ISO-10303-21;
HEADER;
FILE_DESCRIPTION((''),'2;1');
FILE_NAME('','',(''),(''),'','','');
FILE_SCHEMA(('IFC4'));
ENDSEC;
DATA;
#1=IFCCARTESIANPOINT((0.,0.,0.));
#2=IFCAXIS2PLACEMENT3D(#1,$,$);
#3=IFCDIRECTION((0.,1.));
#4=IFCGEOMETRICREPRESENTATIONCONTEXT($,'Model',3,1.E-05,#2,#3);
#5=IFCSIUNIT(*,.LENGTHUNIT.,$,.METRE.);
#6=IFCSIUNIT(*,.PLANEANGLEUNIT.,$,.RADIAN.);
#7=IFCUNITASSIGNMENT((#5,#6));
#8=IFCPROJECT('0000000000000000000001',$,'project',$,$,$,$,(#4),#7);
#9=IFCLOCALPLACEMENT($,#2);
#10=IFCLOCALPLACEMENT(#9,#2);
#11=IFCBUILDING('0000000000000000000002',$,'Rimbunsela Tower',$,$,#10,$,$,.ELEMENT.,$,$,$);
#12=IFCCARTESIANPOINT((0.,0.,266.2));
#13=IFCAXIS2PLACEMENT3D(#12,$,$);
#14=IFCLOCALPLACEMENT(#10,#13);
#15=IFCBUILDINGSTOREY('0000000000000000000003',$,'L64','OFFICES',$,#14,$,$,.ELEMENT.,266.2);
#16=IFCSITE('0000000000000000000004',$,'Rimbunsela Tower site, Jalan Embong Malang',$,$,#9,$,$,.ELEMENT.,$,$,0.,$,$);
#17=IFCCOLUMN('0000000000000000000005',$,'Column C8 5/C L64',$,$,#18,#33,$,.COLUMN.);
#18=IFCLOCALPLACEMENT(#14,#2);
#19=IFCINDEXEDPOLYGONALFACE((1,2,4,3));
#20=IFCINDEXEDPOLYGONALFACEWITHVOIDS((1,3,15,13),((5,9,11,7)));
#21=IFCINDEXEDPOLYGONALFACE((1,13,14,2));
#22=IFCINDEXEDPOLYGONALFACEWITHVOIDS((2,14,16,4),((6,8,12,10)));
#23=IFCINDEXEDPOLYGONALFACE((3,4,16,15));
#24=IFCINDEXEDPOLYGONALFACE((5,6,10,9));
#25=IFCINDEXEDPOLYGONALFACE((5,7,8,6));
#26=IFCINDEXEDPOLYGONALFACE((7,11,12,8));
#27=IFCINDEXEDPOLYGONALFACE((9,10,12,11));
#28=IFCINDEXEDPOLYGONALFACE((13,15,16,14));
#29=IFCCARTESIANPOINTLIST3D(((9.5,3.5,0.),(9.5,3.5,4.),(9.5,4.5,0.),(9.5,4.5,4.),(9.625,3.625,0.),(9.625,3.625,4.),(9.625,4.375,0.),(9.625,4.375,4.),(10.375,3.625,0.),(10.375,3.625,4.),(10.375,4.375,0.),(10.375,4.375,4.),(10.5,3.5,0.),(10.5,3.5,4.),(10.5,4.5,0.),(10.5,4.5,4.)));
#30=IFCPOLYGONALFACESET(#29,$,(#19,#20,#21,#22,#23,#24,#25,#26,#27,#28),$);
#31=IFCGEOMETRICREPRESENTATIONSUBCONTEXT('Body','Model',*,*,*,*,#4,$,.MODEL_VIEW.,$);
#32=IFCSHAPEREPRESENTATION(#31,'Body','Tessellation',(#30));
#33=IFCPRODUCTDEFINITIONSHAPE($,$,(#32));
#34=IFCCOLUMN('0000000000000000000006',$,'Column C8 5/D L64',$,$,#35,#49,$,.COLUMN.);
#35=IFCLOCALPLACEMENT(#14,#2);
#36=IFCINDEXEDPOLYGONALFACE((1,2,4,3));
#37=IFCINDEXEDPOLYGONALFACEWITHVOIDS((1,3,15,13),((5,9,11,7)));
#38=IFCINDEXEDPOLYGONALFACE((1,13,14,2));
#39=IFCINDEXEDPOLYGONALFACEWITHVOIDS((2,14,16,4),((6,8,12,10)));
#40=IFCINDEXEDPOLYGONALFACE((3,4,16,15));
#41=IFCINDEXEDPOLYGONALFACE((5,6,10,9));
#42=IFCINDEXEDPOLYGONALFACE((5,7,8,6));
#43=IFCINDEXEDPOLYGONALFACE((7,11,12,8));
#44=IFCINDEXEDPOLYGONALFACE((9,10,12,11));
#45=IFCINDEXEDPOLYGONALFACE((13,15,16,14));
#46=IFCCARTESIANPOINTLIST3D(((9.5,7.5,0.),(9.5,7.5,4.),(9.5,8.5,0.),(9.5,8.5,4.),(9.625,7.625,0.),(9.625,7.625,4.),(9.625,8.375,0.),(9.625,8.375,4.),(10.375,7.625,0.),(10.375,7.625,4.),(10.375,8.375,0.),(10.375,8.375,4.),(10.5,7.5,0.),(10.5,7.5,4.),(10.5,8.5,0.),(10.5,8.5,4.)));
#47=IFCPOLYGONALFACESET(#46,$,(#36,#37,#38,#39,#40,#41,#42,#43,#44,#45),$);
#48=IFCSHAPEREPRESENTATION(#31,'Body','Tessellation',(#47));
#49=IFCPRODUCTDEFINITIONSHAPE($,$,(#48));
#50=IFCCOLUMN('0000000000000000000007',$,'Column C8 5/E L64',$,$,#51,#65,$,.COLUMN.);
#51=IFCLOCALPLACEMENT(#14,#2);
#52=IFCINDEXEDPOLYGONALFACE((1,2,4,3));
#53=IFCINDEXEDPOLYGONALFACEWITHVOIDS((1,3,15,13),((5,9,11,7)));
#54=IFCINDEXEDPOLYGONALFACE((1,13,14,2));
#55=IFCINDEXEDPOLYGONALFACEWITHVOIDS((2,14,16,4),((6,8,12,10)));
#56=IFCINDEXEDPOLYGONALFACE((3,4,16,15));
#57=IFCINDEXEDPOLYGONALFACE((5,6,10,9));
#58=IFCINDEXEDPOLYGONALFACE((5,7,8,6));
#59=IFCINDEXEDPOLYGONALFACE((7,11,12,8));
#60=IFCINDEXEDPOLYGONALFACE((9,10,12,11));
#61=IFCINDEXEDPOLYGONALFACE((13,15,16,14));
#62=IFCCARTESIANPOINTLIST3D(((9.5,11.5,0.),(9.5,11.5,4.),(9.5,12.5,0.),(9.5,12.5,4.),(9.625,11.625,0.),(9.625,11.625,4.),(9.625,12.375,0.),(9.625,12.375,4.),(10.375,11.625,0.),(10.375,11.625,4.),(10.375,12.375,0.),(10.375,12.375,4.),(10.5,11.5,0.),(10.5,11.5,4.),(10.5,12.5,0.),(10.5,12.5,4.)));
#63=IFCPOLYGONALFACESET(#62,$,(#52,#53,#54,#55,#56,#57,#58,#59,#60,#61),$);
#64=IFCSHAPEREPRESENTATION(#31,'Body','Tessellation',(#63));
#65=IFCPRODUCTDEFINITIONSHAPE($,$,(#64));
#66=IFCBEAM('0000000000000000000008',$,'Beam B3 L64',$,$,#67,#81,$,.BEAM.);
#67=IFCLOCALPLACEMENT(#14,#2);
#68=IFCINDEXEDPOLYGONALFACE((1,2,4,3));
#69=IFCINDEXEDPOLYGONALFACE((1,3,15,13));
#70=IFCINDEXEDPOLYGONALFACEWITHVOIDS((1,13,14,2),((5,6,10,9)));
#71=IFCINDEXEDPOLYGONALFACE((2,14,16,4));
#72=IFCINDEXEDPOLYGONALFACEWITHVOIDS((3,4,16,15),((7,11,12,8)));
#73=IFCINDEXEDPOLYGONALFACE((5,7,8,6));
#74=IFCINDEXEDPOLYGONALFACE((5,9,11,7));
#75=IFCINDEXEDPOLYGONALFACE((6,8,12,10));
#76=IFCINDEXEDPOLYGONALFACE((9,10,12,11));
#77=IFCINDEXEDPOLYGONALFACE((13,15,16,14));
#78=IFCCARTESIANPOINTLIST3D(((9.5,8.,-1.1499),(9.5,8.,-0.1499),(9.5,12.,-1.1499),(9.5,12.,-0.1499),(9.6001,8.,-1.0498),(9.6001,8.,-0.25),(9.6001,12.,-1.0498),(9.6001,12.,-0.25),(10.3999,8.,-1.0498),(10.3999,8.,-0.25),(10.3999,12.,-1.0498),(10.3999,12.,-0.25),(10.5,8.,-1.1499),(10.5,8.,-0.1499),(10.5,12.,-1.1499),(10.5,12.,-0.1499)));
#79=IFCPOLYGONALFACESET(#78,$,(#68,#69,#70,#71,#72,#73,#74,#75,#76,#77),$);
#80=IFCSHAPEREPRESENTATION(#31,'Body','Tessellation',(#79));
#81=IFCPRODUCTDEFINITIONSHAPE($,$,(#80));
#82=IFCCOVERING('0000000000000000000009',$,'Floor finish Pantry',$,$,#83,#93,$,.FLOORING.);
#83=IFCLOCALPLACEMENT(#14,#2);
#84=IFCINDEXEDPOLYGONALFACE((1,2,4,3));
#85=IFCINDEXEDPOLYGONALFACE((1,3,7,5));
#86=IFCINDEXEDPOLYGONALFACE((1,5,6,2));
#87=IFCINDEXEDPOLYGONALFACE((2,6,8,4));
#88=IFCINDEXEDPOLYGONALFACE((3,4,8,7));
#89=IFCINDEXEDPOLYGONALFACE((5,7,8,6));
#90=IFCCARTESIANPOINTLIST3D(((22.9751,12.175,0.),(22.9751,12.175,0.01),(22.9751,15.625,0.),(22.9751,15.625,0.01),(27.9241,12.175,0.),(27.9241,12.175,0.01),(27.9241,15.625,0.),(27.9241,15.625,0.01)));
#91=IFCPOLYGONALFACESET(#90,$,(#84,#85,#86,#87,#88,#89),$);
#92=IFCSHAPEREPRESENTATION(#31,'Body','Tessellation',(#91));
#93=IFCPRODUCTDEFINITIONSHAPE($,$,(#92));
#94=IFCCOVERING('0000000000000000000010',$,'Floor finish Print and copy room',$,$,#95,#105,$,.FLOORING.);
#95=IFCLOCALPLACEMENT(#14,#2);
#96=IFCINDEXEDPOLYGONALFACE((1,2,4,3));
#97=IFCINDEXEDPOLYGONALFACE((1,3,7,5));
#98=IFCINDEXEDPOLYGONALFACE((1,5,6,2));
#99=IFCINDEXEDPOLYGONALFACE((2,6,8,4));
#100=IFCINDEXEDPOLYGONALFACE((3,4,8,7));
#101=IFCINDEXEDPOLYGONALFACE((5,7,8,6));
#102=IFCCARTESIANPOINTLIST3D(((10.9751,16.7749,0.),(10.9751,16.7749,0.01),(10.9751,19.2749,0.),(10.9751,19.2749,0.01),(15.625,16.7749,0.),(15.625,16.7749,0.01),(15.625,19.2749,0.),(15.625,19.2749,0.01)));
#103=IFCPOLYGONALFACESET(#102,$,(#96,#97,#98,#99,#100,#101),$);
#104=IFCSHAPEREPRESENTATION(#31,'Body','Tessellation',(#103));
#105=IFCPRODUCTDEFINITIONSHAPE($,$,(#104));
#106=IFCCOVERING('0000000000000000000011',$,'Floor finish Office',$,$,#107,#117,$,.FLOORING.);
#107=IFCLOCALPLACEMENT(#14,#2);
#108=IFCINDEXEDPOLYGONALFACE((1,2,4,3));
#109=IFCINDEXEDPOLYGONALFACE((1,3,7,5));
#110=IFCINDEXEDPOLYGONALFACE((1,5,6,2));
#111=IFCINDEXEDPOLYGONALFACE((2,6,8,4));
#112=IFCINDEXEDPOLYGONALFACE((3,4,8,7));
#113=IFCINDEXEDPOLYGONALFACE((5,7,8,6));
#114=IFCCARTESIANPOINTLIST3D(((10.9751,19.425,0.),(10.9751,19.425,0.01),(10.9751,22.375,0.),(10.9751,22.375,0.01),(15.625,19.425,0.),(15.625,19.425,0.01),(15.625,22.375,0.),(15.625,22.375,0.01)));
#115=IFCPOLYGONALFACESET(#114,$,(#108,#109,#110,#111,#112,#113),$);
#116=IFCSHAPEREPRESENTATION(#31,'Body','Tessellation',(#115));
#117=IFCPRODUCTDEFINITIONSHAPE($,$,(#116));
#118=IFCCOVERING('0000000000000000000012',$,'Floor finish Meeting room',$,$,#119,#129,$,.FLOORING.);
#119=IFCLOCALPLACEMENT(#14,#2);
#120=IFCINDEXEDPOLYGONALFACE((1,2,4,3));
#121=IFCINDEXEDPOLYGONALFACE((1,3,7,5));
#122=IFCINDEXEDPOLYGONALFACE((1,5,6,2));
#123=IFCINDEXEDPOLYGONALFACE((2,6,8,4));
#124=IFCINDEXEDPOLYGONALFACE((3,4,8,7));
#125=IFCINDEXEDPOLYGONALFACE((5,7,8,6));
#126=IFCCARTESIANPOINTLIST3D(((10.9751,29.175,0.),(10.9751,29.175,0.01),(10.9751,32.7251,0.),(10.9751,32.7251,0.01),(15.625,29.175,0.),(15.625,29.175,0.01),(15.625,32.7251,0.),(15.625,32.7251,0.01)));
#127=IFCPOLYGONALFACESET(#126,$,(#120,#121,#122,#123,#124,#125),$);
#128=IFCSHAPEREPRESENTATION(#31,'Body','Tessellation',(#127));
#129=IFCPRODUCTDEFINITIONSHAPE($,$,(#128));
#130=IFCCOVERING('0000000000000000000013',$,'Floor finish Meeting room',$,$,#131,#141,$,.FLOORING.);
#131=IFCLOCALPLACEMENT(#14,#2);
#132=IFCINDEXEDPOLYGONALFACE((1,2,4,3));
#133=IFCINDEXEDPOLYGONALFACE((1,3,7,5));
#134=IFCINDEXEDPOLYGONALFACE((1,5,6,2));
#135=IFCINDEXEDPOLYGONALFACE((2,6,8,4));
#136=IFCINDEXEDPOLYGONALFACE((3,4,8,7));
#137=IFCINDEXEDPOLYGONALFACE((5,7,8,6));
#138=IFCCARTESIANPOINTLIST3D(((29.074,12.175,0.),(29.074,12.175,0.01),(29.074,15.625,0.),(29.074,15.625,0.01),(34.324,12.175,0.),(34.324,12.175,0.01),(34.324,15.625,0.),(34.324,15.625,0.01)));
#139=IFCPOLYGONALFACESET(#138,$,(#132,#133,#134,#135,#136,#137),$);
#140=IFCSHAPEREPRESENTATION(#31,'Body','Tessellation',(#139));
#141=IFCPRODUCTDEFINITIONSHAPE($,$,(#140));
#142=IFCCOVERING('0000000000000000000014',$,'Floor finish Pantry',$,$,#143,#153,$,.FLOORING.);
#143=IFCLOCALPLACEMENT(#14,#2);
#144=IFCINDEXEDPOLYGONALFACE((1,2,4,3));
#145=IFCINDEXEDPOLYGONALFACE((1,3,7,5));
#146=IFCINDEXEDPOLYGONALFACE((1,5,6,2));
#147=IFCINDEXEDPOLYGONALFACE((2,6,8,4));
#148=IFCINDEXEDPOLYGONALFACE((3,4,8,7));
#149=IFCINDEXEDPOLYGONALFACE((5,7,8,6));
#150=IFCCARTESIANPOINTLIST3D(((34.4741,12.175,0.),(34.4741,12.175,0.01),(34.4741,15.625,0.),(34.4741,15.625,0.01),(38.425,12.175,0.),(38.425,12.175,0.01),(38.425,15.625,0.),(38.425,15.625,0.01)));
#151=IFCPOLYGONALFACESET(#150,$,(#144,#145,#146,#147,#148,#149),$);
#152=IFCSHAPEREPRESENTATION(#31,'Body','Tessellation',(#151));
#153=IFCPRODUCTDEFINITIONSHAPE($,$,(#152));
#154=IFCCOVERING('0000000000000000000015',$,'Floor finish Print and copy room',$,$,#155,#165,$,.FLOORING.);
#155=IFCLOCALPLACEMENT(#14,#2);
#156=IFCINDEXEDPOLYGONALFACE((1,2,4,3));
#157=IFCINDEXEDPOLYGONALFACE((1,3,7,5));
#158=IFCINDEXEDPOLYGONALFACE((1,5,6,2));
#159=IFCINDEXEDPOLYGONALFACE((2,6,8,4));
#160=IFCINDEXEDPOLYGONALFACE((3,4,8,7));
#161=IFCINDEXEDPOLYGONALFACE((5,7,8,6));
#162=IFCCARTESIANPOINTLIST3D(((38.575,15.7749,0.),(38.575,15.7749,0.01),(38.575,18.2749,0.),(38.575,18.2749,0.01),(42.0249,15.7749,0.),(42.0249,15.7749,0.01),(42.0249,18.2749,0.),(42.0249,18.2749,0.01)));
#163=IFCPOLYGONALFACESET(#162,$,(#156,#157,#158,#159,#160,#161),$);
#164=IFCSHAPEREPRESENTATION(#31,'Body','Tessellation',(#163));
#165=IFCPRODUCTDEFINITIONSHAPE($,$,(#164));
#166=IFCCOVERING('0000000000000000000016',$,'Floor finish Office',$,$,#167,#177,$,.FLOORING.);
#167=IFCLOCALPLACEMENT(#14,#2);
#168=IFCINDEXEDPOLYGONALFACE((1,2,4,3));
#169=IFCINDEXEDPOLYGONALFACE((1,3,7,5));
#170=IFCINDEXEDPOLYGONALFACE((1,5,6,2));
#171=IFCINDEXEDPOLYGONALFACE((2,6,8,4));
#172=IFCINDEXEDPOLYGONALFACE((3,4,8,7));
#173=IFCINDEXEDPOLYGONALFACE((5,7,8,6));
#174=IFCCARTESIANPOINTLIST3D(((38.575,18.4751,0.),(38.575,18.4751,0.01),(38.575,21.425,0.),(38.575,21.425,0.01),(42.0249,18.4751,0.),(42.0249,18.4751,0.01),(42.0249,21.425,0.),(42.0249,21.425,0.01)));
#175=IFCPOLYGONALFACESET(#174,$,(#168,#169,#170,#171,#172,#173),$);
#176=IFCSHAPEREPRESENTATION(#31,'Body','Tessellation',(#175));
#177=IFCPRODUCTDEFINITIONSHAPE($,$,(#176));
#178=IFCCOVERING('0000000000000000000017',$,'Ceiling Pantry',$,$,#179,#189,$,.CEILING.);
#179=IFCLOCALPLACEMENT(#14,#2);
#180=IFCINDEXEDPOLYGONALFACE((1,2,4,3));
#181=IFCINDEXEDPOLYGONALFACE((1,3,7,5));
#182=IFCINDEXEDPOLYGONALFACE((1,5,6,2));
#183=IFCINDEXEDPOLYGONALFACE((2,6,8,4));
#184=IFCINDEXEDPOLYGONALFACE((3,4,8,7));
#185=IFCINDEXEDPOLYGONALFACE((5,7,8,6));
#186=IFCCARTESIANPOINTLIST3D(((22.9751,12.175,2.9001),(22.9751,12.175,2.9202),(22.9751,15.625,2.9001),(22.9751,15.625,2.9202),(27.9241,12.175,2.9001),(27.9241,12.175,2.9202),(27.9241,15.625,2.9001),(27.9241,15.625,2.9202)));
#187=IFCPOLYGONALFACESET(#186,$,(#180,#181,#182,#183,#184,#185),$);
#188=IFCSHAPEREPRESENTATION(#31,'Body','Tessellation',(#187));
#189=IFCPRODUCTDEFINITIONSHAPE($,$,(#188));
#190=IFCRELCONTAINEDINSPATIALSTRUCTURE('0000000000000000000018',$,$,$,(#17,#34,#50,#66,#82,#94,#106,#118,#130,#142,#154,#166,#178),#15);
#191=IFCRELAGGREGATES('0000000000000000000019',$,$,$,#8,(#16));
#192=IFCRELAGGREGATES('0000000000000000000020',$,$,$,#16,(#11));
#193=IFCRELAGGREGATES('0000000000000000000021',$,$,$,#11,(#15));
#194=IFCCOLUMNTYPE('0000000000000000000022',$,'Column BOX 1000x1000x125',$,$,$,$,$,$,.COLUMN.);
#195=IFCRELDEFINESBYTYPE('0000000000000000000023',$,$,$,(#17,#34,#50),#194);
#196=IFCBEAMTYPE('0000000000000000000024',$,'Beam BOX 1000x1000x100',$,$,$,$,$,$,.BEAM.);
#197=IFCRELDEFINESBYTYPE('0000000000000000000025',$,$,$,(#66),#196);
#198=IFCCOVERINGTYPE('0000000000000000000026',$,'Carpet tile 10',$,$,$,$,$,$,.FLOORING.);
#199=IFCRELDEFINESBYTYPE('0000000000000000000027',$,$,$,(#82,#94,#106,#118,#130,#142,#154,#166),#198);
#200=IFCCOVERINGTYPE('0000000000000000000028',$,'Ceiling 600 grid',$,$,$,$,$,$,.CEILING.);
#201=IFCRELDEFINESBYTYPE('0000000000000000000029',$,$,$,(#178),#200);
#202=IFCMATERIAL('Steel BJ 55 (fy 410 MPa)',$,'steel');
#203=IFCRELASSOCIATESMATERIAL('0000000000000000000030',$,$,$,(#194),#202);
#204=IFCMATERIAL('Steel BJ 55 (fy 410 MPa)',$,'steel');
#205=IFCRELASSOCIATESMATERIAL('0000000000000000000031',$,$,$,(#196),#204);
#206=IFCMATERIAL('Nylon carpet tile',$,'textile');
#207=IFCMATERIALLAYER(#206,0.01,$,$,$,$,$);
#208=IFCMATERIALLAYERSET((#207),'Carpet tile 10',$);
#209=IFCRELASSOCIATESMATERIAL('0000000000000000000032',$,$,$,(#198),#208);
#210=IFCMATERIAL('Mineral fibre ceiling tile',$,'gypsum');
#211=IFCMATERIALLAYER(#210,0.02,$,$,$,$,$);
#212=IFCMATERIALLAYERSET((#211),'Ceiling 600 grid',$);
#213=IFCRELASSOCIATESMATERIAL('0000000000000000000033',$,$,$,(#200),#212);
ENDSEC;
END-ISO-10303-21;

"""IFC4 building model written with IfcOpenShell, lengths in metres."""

from ifc_helpers import new_model, si_unit, direction, frame, origin, origin_2d, place, context, subcontext, project, spatial, polyline, hollow_rectangle, outline, extrude, material, layer, layer_set, material_profile, profile_set, type_object, element, save


model = new_model("IFC4")

# Units and contexts
model_context = context("Model", 3, precision=1e-05, world=origin(), true_north=direction((0.0, 1.0)))
body_context = subcontext(model_context, "Body", "Model", "MODEL_VIEW")
ifc_project = project(units=[si_unit("LENGTHUNIT", "METRE"), si_unit("PLANEANGLEUNIT", "RADIAN")], contexts=[model_context])

# Site, building, storey
site_placement = place(None, origin())
site = spatial("IfcSite", under=ifc_project, at=site_placement, Name="Rimbunsela Tower site, Jalan Embong Malang", CompositionType="ELEMENT", RefElevation=0.0)
building_placement = place(site_placement, origin())
building = spatial("IfcBuilding", under=site, at=building_placement, Name="Rimbunsela Tower", CompositionType="ELEMENT")
storey_placement = place(building_placement, frame((0.0, 0.0, 266.2)))
storey = spatial("IfcBuildingStorey", under=building, at=storey_placement, Name="L64", Description="OFFICES", CompositionType="ELEMENT", Elevation=266.2)

# Columns
ifc_material_1 = material(Name="Steel BJ 55 (fy 410 MPa)", Category="steel")
ifc_material_profile_1 = material_profile(ifc_material_1, hollow_rectangle(XDim=1.0, YDim=1.0, WallThickness=0.125, at=origin_2d()), Name="BOX 1000x1000x125")
ifc_profile_set_1 = profile_set([ifc_material_profile_1], Name="Steel BJ 55 (fy 410 MPa)")
column_type = type_object("IfcColumnType", Name="Column BOX 1000x1000x125", PredefinedType="COLUMN", material=ifc_profile_set_1)
for number, where, z_axis, x_axis, name in (
    (1, (10.0, 4.0, 0.0), (0.0, 0.0, 1.0), (1.0, 0.0, 0.0), "Column C8 5/C L64"),
    (2, (10.0, 8.0, 0.0), (0.0, 0.0, 1.0), (1.0, 0.0, 0.0), "Column C8 5/D L64"),
    (3, (10.0, 12.0, 0.0), (0.0, 0.0, 1.0), (1.0, 0.0, 0.0), "Column C8 5/E L64"),
):
    element("IfcColumn", number, at=place(storey_placement, frame(where, z_axis=z_axis, x_axis=x_axis)), inside=storey, type_object=column_type, Name=name, PredefinedType="COLUMN", context=body_context, shape_type="SweptSolid", body=[
        extrude(hollow_rectangle(XDim=1.0, YDim=1.0, WallThickness=0.125, at=origin_2d()), origin(), (0.0, 0.0, 1.0), 4.0),
    ])

# Beam
ifc_material_2 = material(Name="Steel BJ 55 (fy 410 MPa)", Category="steel")
ifc_material_profile_2 = material_profile(ifc_material_2, hollow_rectangle(XDim=1.0, YDim=1.0, WallThickness=0.1001, at=origin_2d()), Name="BOX 1000x1000x100")
ifc_profile_set_2 = profile_set([ifc_material_profile_2], Name="Steel BJ 55 (fy 410 MPa)")
beam_type = type_object("IfcBeamType", Name="Beam BOX 1000x1000x100", PredefinedType="BEAM", material=ifc_profile_set_2)
beam_placement = place(storey_placement, frame((10.0, 8.0, -0.6499), z_axis=(0.0, 1.0, 0.0), x_axis=(-1.0, 0.0, 0.0)))
element("IfcBeam", 4, at=beam_placement, inside=storey, type_object=beam_type, Name="Beam B3 L64", PredefinedType="BEAM", context=body_context, shape_type="SweptSolid", body=[
    extrude(hollow_rectangle(XDim=1.0, YDim=1.0, WallThickness=0.1001, at=origin_2d()), origin(), (0.0, 0.0, 1.0), 4.0),
])

# Coverings
ifc_material_3 = material(Name="Nylon carpet tile", Category="textile")
ifc_layer_1 = layer(ifc_material_3, 0.01)
ifc_layer_set_1 = layer_set([ifc_layer_1], Name="Carpet tile 10")
covering_type_1 = type_object("IfcCoveringType", Name="Carpet tile 10", PredefinedType="FLOORING", material=ifc_layer_set_1)
covering_1_placement = place(storey_placement, origin())
element("IfcCovering", 5, at=covering_1_placement, inside=storey, type_object=covering_type_1, Name="Floor finish Pantry", PredefinedType="FLOORING", context=body_context, shape_type="SweptSolid", body=[
    extrude(outline(polyline([(27.9241, 12.175), (27.9241, 15.625), (22.9751, 15.625), (22.9751, 12.175), (27.9241, 12.175)])), origin(), (0.0, 0.0, 1.0), 0.01),
])
covering_2_placement = place(storey_placement, origin())
element("IfcCovering", 6, at=covering_2_placement, inside=storey, type_object=covering_type_1, Name="Floor finish Print and copy room", PredefinedType="FLOORING", context=body_context, shape_type="SweptSolid", body=[
    extrude(outline(polyline([(15.625, 16.7749), (15.625, 19.2749), (10.9751, 19.2749), (10.9751, 16.7749), (15.625, 16.7749)])), origin(), (0.0, 0.0, 1.0), 0.01),
])
covering_3_placement = place(storey_placement, origin())
element("IfcCovering", 7, at=covering_3_placement, inside=storey, type_object=covering_type_1, Name="Floor finish Office", PredefinedType="FLOORING", context=body_context, shape_type="SweptSolid", body=[
    extrude(outline(polyline([(15.625, 19.425), (15.625, 22.375), (10.9751, 22.375), (10.9751, 19.425), (15.625, 19.425)])), origin(), (0.0, 0.0, 1.0), 0.01),
])
covering_4_placement = place(storey_placement, origin())
element("IfcCovering", 8, at=covering_4_placement, inside=storey, type_object=covering_type_1, Name="Floor finish Meeting room", PredefinedType="FLOORING", context=body_context, shape_type="SweptSolid", body=[
    extrude(outline(polyline([(15.625, 29.175), (15.625, 32.7251), (10.9751, 32.7251), (10.9751, 29.175), (15.625, 29.175)])), origin(), (0.0, 0.0, 1.0), 0.01),
])
covering_5_placement = place(storey_placement, origin())
element("IfcCovering", 9, at=covering_5_placement, inside=storey, type_object=covering_type_1, Name="Floor finish Meeting room", PredefinedType="FLOORING", context=body_context, shape_type="SweptSolid", body=[
    extrude(outline(polyline([(34.324, 12.175), (34.324, 15.625), (29.074, 15.625), (29.074, 12.175), (34.324, 12.175)])), origin(), (0.0, 0.0, 1.0), 0.01),
])
covering_6_placement = place(storey_placement, origin())
element("IfcCovering", 10, at=covering_6_placement, inside=storey, type_object=covering_type_1, Name="Floor finish Pantry", PredefinedType="FLOORING", context=body_context, shape_type="SweptSolid", body=[
    extrude(outline(polyline([(38.425, 12.175), (38.425, 15.625), (34.4741, 15.625), (34.4741, 12.175), (38.425, 12.175)])), origin(), (0.0, 0.0, 1.0), 0.01),
])
covering_7_placement = place(storey_placement, origin())
element("IfcCovering", 11, at=covering_7_placement, inside=storey, type_object=covering_type_1, Name="Floor finish Print and copy room", PredefinedType="FLOORING", context=body_context, shape_type="SweptSolid", body=[
    extrude(outline(polyline([(42.0249, 15.7749), (42.0249, 18.2749), (38.575, 18.2749), (38.575, 15.7749), (42.0249, 15.7749)])), origin(), (0.0, 0.0, 1.0), 0.01),
])
covering_8_placement = place(storey_placement, origin())
element("IfcCovering", 12, at=covering_8_placement, inside=storey, type_object=covering_type_1, Name="Floor finish Office", PredefinedType="FLOORING", context=body_context, shape_type="SweptSolid", body=[
    extrude(outline(polyline([(42.0249, 18.4751), (42.0249, 21.425), (38.575, 21.425), (38.575, 18.4751), (42.0249, 18.4751)])), origin(), (0.0, 0.0, 1.0), 0.01),
])
ifc_material_4 = material(Name="Mineral fibre ceiling tile", Category="gypsum")
ifc_layer_2 = layer(ifc_material_4, 0.02)
ifc_layer_set_2 = layer_set([ifc_layer_2], Name="Ceiling 600 grid")
covering_type_2 = type_object("IfcCoveringType", Name="Ceiling 600 grid", PredefinedType="CEILING", material=ifc_layer_set_2)
covering_9_placement = place(storey_placement, frame((0.0, 0.0, 2.9001)))
element("IfcCovering", 13, at=covering_9_placement, inside=storey, type_object=covering_type_2, Name="Ceiling Pantry", PredefinedType="CEILING", context=body_context, shape_type="SweptSolid", body=[
    extrude(outline(polyline([(27.9241, 12.175), (27.9241, 15.625), (22.9751, 15.625), (22.9751, 12.175), (27.9241, 12.175)])), origin(), (0.0, 0.0, 1.0), 0.02),
])

save(model, "model.ifc")
